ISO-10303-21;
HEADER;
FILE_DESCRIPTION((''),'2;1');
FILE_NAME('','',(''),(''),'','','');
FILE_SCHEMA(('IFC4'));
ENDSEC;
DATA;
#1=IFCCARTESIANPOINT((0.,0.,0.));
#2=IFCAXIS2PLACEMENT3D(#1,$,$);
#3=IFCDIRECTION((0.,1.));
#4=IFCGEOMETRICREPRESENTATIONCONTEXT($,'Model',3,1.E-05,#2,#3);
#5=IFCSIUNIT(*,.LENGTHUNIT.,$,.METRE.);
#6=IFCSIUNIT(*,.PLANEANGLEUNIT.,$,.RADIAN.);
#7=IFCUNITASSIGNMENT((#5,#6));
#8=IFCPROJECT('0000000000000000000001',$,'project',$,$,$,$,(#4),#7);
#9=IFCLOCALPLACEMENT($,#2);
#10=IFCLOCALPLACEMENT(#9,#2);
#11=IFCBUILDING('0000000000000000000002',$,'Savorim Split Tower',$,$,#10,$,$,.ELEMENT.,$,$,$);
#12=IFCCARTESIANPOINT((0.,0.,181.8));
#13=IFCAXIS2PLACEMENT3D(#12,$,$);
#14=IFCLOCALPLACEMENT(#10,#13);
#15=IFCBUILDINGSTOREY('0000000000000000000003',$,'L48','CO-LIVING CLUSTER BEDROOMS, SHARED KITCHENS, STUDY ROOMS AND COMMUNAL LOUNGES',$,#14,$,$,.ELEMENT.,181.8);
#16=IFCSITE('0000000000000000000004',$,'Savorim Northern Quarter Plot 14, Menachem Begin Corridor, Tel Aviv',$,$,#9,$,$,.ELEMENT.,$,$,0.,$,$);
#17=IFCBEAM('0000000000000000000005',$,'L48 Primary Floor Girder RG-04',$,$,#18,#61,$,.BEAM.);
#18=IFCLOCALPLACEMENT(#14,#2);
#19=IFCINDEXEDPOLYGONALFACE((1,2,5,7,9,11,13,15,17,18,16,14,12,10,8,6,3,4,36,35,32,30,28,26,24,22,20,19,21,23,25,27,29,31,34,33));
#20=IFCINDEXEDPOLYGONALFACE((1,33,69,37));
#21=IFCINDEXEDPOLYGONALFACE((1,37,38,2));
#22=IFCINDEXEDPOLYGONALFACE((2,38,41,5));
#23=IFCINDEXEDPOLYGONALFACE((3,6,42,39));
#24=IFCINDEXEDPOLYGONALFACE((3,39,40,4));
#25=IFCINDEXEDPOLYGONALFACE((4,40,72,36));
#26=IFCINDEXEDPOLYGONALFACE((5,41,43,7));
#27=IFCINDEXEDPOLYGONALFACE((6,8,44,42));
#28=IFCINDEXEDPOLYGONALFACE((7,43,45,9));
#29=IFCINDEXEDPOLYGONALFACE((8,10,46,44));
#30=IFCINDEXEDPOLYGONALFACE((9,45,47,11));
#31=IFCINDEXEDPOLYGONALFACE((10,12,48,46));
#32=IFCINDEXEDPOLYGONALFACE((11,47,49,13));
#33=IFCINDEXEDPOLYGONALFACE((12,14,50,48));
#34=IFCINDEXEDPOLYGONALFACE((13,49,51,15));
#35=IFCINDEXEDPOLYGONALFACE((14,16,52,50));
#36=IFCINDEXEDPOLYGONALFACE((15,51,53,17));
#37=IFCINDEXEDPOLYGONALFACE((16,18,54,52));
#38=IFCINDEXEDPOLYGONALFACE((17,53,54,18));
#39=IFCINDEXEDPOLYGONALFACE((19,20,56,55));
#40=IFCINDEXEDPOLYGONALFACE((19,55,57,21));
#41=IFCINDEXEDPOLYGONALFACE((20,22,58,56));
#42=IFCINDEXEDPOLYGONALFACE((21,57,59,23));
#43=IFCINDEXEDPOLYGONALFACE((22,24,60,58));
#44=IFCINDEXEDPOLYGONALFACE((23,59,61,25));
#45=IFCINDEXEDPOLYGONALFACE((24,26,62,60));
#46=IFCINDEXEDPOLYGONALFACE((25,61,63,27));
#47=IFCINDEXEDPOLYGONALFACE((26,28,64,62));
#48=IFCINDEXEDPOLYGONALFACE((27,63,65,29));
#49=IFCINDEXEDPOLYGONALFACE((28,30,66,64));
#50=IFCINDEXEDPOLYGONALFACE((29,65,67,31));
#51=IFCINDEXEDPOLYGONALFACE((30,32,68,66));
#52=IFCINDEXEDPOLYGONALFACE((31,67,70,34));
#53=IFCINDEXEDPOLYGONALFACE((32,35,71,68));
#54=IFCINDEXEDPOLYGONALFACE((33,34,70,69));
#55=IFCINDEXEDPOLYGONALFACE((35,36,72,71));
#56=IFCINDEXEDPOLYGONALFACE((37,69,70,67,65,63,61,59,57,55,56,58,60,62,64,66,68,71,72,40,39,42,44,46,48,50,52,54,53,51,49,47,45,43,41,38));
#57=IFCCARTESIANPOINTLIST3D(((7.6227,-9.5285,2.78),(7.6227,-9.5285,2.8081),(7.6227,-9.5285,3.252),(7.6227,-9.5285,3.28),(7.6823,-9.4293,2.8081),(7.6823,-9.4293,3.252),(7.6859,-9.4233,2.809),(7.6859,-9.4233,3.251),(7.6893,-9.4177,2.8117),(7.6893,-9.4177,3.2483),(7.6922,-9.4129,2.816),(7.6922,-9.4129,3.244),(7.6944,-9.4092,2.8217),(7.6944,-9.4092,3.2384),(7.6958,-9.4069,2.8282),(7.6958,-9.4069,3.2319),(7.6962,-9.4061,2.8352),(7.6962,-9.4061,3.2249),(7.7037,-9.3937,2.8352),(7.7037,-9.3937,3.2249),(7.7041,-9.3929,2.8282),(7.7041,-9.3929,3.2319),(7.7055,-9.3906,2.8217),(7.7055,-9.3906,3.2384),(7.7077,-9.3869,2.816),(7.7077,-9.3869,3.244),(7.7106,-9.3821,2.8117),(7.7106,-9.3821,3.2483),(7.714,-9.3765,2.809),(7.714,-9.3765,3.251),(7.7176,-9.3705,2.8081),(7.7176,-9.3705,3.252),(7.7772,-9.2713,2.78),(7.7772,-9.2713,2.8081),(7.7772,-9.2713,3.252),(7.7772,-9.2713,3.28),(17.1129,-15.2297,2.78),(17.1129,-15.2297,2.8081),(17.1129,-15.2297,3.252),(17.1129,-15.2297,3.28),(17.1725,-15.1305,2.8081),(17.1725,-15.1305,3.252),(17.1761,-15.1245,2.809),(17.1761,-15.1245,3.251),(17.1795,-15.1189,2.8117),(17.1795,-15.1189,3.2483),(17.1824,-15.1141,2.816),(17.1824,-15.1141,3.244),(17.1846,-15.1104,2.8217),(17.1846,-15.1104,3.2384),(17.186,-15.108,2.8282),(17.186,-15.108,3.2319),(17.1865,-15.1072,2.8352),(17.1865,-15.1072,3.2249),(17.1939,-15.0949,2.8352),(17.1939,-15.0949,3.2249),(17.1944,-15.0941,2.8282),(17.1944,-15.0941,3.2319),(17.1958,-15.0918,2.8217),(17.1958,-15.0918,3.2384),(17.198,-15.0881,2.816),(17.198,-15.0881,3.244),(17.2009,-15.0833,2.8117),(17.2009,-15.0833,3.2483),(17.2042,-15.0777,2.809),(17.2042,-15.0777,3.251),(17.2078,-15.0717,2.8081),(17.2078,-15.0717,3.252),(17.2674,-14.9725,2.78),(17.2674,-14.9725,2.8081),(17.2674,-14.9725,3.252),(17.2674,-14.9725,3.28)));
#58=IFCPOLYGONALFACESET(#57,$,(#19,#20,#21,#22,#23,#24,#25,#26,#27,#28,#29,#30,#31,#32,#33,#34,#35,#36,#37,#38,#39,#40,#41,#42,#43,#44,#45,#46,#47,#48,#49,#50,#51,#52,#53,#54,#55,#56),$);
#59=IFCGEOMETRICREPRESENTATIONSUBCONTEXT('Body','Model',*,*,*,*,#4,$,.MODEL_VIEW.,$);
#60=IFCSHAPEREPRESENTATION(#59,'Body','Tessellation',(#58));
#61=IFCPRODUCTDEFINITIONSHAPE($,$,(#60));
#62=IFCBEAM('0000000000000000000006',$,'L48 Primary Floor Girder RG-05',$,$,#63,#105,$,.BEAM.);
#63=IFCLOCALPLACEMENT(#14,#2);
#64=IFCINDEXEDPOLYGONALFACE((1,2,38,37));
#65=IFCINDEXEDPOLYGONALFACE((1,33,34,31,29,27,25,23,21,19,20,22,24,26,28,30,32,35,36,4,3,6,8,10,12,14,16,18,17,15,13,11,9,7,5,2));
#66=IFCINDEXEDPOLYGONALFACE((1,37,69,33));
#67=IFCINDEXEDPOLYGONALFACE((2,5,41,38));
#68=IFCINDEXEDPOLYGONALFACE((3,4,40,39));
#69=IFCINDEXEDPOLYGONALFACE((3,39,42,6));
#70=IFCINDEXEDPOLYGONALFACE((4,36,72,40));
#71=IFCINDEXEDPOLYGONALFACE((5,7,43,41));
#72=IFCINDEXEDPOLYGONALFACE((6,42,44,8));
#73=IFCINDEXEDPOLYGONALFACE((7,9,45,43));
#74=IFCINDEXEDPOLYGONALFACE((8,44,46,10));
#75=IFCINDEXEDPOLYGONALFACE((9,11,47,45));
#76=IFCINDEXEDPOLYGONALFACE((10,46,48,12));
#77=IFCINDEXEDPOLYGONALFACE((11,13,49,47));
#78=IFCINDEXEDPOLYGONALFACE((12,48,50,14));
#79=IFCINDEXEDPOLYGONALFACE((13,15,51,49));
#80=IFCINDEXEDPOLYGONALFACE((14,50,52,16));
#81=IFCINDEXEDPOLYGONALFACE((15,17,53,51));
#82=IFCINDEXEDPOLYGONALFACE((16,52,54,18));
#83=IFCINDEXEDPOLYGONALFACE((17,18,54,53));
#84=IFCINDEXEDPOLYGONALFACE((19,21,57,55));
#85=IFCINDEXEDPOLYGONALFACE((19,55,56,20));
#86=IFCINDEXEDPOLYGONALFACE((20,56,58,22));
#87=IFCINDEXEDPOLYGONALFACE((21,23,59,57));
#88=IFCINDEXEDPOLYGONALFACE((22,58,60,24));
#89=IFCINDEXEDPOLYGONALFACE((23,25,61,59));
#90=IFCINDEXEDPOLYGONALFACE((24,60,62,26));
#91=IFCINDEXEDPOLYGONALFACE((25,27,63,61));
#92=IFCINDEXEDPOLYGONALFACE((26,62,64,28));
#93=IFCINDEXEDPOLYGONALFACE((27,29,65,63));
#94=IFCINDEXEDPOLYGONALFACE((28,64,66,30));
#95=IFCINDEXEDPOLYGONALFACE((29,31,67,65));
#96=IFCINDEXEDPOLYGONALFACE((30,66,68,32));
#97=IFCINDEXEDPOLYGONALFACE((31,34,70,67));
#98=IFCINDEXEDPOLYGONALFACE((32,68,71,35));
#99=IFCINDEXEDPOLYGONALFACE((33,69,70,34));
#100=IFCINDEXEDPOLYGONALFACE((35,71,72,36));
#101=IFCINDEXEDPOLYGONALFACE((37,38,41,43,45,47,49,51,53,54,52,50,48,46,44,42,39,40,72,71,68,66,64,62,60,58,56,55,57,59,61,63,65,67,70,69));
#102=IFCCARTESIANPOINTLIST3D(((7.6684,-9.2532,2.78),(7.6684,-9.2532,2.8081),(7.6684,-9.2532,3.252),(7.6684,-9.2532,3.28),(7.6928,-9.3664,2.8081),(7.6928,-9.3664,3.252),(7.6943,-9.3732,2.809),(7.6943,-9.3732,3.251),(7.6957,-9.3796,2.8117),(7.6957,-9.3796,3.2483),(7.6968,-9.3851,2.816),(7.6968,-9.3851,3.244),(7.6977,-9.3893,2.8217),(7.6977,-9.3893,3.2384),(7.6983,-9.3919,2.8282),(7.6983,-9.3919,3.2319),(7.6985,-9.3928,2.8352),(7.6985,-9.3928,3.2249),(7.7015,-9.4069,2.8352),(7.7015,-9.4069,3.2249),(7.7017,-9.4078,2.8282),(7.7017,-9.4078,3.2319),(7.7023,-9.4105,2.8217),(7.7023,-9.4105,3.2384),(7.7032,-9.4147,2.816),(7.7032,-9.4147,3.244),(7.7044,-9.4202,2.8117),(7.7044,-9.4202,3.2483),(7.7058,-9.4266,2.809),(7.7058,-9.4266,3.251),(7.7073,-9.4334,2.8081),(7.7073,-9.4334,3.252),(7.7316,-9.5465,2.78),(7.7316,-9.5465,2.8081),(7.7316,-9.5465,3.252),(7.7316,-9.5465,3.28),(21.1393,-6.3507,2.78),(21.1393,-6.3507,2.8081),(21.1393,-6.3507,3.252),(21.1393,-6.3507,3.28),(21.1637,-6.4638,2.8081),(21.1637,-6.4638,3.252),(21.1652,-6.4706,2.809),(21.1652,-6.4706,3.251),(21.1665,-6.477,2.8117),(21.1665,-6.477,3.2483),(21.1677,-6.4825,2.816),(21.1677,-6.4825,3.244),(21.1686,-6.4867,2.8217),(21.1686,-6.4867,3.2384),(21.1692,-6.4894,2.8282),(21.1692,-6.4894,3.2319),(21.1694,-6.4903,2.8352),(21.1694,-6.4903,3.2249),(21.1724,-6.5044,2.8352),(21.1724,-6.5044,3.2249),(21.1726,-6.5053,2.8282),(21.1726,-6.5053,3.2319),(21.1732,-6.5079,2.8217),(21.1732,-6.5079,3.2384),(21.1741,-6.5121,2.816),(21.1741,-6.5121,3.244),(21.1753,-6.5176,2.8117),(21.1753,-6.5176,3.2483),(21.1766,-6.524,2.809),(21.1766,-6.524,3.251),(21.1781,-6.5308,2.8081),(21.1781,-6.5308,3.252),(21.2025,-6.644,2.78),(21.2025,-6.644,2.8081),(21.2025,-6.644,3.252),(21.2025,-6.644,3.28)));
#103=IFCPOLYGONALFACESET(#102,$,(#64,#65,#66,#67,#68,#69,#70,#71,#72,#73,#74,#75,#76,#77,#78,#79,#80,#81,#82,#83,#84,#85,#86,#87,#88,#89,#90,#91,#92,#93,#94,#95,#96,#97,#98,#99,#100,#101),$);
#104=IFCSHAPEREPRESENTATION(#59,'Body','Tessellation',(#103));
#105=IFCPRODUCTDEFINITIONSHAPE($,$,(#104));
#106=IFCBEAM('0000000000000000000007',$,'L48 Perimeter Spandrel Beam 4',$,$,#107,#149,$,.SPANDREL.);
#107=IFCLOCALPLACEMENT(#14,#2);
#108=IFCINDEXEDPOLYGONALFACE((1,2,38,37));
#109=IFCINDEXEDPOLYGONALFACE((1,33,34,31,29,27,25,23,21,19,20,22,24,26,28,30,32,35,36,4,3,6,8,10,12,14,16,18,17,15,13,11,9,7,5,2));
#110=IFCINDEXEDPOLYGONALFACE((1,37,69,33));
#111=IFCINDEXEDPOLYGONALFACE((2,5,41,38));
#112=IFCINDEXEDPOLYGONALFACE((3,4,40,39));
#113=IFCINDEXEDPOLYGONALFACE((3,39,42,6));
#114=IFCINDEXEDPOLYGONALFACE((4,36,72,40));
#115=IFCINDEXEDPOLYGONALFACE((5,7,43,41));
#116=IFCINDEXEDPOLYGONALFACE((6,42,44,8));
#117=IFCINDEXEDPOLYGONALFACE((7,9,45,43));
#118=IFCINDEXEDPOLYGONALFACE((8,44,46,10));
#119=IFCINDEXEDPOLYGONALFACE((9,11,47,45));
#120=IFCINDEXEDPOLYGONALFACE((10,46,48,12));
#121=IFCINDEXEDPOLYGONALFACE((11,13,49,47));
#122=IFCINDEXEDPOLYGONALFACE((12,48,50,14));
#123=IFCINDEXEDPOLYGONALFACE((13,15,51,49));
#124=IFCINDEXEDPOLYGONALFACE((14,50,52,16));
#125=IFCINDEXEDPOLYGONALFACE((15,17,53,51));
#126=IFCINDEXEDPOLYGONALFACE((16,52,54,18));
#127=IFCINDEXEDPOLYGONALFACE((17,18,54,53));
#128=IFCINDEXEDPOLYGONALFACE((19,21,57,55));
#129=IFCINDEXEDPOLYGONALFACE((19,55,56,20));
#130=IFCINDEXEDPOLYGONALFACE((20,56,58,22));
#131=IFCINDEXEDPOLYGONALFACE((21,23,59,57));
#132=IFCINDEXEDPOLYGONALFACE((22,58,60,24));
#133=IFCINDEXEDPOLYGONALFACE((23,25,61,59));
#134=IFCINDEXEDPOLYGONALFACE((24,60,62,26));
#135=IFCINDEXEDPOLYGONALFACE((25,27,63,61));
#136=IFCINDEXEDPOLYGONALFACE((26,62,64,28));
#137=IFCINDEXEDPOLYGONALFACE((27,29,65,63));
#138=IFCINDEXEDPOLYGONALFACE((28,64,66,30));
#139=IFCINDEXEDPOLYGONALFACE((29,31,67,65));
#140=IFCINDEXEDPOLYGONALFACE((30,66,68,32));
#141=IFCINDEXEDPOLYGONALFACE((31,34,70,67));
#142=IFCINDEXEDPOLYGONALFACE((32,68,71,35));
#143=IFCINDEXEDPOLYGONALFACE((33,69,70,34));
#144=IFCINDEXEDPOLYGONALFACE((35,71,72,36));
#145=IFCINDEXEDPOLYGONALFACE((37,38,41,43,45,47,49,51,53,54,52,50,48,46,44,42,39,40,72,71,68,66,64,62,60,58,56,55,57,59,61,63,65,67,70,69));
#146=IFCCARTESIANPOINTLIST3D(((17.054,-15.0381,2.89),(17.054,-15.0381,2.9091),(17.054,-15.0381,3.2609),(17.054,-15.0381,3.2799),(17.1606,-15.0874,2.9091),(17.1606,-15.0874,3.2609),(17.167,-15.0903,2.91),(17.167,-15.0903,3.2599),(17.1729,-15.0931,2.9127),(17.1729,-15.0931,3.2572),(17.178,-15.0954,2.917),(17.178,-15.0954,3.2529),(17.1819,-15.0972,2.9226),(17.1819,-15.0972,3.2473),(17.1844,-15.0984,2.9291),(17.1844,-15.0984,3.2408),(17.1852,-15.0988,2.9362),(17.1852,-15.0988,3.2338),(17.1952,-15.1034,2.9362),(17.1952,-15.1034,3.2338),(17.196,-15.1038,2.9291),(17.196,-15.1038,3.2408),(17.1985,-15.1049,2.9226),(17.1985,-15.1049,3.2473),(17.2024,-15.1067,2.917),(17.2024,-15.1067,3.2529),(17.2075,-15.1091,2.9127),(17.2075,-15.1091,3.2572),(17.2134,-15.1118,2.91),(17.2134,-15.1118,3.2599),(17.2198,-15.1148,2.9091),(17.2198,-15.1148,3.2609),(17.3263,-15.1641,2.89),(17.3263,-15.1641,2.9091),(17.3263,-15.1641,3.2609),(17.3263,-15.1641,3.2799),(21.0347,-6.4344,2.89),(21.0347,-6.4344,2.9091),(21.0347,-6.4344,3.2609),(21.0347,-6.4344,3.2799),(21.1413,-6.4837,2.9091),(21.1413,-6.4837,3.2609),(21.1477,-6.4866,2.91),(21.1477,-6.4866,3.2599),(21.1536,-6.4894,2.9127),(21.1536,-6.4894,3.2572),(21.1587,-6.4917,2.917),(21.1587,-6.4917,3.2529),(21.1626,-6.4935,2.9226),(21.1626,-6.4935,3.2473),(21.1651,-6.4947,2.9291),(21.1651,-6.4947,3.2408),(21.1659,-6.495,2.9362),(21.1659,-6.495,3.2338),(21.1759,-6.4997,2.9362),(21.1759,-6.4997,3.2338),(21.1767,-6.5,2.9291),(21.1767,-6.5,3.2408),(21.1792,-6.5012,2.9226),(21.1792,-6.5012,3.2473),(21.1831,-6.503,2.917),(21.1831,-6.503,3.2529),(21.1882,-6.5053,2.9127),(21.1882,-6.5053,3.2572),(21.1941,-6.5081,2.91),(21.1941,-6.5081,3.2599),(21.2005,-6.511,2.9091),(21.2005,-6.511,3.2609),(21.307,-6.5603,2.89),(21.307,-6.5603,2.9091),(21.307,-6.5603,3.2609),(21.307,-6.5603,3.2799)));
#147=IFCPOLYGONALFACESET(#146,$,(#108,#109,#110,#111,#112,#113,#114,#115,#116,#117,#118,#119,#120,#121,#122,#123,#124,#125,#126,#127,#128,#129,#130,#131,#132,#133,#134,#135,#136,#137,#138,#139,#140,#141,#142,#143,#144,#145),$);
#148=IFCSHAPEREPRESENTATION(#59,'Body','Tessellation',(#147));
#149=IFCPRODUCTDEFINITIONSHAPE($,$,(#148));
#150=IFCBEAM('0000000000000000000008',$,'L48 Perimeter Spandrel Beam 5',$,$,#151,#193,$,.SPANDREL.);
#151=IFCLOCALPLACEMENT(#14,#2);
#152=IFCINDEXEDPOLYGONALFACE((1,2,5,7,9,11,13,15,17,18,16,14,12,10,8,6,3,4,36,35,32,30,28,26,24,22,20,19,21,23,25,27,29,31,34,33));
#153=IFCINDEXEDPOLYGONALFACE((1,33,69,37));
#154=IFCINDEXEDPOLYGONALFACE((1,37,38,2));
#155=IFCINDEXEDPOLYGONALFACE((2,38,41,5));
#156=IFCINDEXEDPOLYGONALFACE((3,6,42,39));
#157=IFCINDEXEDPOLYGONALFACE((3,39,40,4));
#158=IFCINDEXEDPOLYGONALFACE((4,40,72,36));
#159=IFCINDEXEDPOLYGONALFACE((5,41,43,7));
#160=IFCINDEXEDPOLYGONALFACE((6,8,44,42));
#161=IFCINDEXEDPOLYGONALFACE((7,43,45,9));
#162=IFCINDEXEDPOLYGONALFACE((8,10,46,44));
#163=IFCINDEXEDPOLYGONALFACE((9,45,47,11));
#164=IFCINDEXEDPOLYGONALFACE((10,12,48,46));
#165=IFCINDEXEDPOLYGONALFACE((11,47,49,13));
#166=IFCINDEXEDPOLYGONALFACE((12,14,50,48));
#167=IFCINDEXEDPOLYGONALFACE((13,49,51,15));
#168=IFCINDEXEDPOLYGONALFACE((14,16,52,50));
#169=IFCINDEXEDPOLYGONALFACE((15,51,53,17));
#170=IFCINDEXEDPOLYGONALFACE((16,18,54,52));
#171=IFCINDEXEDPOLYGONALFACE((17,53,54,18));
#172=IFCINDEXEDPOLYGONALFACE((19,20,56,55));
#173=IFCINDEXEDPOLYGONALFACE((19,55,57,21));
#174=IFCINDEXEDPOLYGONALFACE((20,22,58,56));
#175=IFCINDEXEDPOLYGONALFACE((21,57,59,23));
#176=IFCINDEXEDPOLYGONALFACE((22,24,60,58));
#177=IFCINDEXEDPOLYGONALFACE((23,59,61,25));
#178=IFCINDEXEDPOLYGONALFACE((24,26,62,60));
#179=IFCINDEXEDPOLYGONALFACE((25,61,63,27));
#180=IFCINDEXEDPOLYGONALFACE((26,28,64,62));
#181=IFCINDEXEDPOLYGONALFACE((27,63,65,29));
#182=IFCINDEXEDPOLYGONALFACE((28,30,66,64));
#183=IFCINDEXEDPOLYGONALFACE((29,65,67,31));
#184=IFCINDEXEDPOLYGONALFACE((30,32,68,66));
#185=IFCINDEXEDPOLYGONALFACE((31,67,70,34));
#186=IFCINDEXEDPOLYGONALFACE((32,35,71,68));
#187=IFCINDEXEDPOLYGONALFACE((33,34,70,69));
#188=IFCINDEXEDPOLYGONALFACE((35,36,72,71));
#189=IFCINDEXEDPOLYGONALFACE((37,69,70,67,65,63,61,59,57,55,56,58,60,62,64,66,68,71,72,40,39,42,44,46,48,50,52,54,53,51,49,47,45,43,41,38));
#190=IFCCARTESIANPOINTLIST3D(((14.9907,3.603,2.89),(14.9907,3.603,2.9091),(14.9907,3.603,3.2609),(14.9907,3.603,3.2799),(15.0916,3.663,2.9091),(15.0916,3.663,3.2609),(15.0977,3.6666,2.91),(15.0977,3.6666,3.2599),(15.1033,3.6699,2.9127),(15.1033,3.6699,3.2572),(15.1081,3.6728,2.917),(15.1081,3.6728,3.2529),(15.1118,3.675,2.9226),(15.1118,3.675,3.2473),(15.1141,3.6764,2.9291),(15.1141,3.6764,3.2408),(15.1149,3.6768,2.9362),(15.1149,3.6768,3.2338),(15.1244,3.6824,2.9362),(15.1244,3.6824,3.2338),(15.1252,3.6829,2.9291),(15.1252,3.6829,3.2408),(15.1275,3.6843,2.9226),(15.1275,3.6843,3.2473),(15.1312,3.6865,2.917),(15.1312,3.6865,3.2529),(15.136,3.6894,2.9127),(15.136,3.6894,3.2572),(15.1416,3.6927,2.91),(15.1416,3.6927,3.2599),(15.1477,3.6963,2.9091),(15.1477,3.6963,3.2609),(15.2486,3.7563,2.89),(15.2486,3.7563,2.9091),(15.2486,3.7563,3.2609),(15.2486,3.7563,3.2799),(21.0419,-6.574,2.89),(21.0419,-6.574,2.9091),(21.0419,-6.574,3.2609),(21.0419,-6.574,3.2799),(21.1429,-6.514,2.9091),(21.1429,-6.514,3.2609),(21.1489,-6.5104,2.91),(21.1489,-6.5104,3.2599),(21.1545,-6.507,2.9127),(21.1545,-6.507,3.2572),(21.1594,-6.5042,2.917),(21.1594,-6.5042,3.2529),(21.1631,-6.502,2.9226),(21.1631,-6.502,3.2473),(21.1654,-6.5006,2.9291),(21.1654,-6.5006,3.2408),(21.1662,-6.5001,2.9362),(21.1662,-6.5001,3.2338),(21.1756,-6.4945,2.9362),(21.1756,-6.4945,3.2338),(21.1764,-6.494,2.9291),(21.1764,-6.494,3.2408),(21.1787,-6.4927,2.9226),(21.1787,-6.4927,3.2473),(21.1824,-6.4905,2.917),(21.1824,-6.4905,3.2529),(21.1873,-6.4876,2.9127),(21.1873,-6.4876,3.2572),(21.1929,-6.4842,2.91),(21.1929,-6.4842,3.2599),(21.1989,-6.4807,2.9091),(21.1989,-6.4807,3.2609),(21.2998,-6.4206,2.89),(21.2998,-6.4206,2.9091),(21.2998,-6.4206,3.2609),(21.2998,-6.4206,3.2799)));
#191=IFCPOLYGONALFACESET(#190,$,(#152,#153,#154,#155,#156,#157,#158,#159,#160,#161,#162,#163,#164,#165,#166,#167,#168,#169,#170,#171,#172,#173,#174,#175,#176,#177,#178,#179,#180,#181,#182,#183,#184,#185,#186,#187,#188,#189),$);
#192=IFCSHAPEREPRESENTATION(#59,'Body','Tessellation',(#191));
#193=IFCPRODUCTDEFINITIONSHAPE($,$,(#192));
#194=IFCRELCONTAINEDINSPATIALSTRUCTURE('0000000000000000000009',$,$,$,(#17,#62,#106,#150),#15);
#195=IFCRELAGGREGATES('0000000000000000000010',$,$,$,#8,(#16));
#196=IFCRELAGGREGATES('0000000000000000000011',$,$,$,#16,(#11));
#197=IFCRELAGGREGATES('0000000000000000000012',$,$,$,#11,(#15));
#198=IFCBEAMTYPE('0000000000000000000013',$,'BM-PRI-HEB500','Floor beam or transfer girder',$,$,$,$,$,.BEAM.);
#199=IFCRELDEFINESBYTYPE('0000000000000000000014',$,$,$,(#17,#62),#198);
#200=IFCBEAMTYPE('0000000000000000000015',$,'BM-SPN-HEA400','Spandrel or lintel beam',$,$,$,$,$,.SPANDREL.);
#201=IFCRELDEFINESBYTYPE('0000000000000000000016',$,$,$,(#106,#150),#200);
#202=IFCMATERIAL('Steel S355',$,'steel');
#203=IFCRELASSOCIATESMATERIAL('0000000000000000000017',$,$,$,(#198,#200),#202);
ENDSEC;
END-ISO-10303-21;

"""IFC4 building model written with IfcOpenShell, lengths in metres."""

from ifc_helpers import new_model, si_unit, direction, frame, origin, origin_2d, place, context, subcontext, project, spatial, i_section, extrude, material, material_profile, profile_set, type_object, element, save


model = new_model("IFC4")

# Units and contexts
model_context = context("Model", 3, precision=1e-05, world=origin(), true_north=direction((0.0, 1.0)))
body_context = subcontext(model_context, "Body", "Model", "MODEL_VIEW")
ifc_project = project(units=[si_unit("LENGTHUNIT", "METRE"), si_unit("PLANEANGLEUNIT", "RADIAN")], contexts=[model_context])

# Site, building, storey
site_placement = place(None, origin())
site = spatial("IfcSite", under=ifc_project, at=site_placement, Name="Savorim Northern Quarter Plot 14, Menachem Begin Corridor, Tel Aviv", CompositionType="ELEMENT", RefElevation=0.0)
building_placement = place(site_placement, origin())
building = spatial("IfcBuilding", under=site, at=building_placement, Name="Savorim Split Tower", CompositionType="ELEMENT")
storey_placement = place(building_placement, frame((0.0, 0.0, 181.8)))
storey = spatial("IfcBuildingStorey", under=building, at=storey_placement, Name="L48", Description="CO-LIVING CLUSTER BEDROOMS, SHARED KITCHENS, STUDY ROOMS AND COMMUNAL LOUNGES", CompositionType="ELEMENT", Elevation=181.8)

# Beams
ifc_material_1 = material(Name="Steel S355", Category="steel")
ifc_material_profile_1 = material_profile(ifc_material_1, i_section(OverallWidth=0.3, OverallDepth=0.5, WebThickness=0.0144, FlangeThickness=0.0281, FilletRadius=0.0271, at=origin_2d()), Name="HEB 500")
ifc_profile_set_1 = profile_set([ifc_material_profile_1], Name="Steel S355")
beam_type_1 = type_object("IfcBeamType", Name="BM-PRI-HEB500", Description="Floor beam or transfer girder", PredefinedType="BEAM", material=ifc_profile_set_1)
beam_1_placement = place(storey_placement, frame((17.1902, -15.1011, 3.03), z_axis=(-0.857213, 0.514963, 0.0), x_axis=(-0.514963, -0.857213, 0.0)))
element("IfcBeam", 1, at=beam_1_placement, inside=storey, type_object=beam_type_1, Name="L48 Primary Floor Girder RG-04", PredefinedType="BEAM", context=body_context, shape_type="SweptSolid", body=[
    extrude(i_section(OverallWidth=0.3, OverallDepth=0.5, WebThickness=0.0144, FlangeThickness=0.0281, FilletRadius=0.0271, at=origin_2d()), origin(), (0.0, 0.0, 1.0), 11.071),
])
beam_2_placement = place(storey_placement, frame((21.1709, -6.4973, 3.03), z_axis=(-0.977565, -0.210636, 0.0), x_axis=(0.210636, -0.977565, 0.0)))
element("IfcBeam", 2, at=beam_2_placement, inside=storey, type_object=beam_type_1, Name="L48 Primary Floor Girder RG-05", PredefinedType="BEAM", context=body_context, shape_type="SweptSolid", body=[
    extrude(i_section(OverallWidth=0.3, OverallDepth=0.5, WebThickness=0.0144, FlangeThickness=0.0281, FilletRadius=0.0271, at=origin_2d()), origin(), (0.0, 0.0, 1.0), 13.78),
])
ifc_material_profile_2 = material_profile(ifc_material_1, i_section(OverallWidth=0.3, OverallDepth=0.3899, WebThickness=0.011, FlangeThickness=0.019, FilletRadius=0.0271, at=origin_2d()), Name="HEA 400")
ifc_profile_set_2 = profile_set([ifc_material_profile_2], Name="Steel S355")
beam_type_2 = type_object("IfcBeamType", Name="BM-SPN-HEA400", Description="Spandrel or lintel beam", PredefinedType="SPANDREL", material=ifc_profile_set_2)
beam_3_placement = place(storey_placement, frame((17.1902, -15.1011, 3.085), z_axis=(0.419906, 0.907568, 0.0), x_axis=(-0.907568, 0.419906, 0.0)))
element("IfcBeam", 3, at=beam_3_placement, inside=storey, type_object=beam_type_2, Name="L48 Perimeter Spandrel Beam 4", PredefinedType="SPANDREL", context=body_context, shape_type="SweptSolid", body=[
    extrude(i_section(OverallWidth=0.3, OverallDepth=0.3899, WebThickness=0.011, FlangeThickness=0.019, FilletRadius=0.0271, at=origin_2d()), origin(), (0.0, 0.0, 1.0), 9.48),
])
beam_4_placement = place(storey_placement, frame((21.1709, -6.4973, 3.085), z_axis=(-0.51108, 0.859533, 0.0), x_axis=(-0.859533, -0.51108, 0.0)))
element("IfcBeam", 4, at=beam_4_placement, inside=storey, type_object=beam_type_2, Name="L48 Perimeter Spandrel Beam 5", PredefinedType="SPANDREL", context=body_context, shape_type="SweptSolid", body=[
    extrude(i_section(OverallWidth=0.3, OverallDepth=0.3899, WebThickness=0.011, FlangeThickness=0.019, FilletRadius=0.0271, at=origin_2d()), origin(), (0.0, 0.0, 1.0), 11.8401),
])

save(model, "model.ifc")
